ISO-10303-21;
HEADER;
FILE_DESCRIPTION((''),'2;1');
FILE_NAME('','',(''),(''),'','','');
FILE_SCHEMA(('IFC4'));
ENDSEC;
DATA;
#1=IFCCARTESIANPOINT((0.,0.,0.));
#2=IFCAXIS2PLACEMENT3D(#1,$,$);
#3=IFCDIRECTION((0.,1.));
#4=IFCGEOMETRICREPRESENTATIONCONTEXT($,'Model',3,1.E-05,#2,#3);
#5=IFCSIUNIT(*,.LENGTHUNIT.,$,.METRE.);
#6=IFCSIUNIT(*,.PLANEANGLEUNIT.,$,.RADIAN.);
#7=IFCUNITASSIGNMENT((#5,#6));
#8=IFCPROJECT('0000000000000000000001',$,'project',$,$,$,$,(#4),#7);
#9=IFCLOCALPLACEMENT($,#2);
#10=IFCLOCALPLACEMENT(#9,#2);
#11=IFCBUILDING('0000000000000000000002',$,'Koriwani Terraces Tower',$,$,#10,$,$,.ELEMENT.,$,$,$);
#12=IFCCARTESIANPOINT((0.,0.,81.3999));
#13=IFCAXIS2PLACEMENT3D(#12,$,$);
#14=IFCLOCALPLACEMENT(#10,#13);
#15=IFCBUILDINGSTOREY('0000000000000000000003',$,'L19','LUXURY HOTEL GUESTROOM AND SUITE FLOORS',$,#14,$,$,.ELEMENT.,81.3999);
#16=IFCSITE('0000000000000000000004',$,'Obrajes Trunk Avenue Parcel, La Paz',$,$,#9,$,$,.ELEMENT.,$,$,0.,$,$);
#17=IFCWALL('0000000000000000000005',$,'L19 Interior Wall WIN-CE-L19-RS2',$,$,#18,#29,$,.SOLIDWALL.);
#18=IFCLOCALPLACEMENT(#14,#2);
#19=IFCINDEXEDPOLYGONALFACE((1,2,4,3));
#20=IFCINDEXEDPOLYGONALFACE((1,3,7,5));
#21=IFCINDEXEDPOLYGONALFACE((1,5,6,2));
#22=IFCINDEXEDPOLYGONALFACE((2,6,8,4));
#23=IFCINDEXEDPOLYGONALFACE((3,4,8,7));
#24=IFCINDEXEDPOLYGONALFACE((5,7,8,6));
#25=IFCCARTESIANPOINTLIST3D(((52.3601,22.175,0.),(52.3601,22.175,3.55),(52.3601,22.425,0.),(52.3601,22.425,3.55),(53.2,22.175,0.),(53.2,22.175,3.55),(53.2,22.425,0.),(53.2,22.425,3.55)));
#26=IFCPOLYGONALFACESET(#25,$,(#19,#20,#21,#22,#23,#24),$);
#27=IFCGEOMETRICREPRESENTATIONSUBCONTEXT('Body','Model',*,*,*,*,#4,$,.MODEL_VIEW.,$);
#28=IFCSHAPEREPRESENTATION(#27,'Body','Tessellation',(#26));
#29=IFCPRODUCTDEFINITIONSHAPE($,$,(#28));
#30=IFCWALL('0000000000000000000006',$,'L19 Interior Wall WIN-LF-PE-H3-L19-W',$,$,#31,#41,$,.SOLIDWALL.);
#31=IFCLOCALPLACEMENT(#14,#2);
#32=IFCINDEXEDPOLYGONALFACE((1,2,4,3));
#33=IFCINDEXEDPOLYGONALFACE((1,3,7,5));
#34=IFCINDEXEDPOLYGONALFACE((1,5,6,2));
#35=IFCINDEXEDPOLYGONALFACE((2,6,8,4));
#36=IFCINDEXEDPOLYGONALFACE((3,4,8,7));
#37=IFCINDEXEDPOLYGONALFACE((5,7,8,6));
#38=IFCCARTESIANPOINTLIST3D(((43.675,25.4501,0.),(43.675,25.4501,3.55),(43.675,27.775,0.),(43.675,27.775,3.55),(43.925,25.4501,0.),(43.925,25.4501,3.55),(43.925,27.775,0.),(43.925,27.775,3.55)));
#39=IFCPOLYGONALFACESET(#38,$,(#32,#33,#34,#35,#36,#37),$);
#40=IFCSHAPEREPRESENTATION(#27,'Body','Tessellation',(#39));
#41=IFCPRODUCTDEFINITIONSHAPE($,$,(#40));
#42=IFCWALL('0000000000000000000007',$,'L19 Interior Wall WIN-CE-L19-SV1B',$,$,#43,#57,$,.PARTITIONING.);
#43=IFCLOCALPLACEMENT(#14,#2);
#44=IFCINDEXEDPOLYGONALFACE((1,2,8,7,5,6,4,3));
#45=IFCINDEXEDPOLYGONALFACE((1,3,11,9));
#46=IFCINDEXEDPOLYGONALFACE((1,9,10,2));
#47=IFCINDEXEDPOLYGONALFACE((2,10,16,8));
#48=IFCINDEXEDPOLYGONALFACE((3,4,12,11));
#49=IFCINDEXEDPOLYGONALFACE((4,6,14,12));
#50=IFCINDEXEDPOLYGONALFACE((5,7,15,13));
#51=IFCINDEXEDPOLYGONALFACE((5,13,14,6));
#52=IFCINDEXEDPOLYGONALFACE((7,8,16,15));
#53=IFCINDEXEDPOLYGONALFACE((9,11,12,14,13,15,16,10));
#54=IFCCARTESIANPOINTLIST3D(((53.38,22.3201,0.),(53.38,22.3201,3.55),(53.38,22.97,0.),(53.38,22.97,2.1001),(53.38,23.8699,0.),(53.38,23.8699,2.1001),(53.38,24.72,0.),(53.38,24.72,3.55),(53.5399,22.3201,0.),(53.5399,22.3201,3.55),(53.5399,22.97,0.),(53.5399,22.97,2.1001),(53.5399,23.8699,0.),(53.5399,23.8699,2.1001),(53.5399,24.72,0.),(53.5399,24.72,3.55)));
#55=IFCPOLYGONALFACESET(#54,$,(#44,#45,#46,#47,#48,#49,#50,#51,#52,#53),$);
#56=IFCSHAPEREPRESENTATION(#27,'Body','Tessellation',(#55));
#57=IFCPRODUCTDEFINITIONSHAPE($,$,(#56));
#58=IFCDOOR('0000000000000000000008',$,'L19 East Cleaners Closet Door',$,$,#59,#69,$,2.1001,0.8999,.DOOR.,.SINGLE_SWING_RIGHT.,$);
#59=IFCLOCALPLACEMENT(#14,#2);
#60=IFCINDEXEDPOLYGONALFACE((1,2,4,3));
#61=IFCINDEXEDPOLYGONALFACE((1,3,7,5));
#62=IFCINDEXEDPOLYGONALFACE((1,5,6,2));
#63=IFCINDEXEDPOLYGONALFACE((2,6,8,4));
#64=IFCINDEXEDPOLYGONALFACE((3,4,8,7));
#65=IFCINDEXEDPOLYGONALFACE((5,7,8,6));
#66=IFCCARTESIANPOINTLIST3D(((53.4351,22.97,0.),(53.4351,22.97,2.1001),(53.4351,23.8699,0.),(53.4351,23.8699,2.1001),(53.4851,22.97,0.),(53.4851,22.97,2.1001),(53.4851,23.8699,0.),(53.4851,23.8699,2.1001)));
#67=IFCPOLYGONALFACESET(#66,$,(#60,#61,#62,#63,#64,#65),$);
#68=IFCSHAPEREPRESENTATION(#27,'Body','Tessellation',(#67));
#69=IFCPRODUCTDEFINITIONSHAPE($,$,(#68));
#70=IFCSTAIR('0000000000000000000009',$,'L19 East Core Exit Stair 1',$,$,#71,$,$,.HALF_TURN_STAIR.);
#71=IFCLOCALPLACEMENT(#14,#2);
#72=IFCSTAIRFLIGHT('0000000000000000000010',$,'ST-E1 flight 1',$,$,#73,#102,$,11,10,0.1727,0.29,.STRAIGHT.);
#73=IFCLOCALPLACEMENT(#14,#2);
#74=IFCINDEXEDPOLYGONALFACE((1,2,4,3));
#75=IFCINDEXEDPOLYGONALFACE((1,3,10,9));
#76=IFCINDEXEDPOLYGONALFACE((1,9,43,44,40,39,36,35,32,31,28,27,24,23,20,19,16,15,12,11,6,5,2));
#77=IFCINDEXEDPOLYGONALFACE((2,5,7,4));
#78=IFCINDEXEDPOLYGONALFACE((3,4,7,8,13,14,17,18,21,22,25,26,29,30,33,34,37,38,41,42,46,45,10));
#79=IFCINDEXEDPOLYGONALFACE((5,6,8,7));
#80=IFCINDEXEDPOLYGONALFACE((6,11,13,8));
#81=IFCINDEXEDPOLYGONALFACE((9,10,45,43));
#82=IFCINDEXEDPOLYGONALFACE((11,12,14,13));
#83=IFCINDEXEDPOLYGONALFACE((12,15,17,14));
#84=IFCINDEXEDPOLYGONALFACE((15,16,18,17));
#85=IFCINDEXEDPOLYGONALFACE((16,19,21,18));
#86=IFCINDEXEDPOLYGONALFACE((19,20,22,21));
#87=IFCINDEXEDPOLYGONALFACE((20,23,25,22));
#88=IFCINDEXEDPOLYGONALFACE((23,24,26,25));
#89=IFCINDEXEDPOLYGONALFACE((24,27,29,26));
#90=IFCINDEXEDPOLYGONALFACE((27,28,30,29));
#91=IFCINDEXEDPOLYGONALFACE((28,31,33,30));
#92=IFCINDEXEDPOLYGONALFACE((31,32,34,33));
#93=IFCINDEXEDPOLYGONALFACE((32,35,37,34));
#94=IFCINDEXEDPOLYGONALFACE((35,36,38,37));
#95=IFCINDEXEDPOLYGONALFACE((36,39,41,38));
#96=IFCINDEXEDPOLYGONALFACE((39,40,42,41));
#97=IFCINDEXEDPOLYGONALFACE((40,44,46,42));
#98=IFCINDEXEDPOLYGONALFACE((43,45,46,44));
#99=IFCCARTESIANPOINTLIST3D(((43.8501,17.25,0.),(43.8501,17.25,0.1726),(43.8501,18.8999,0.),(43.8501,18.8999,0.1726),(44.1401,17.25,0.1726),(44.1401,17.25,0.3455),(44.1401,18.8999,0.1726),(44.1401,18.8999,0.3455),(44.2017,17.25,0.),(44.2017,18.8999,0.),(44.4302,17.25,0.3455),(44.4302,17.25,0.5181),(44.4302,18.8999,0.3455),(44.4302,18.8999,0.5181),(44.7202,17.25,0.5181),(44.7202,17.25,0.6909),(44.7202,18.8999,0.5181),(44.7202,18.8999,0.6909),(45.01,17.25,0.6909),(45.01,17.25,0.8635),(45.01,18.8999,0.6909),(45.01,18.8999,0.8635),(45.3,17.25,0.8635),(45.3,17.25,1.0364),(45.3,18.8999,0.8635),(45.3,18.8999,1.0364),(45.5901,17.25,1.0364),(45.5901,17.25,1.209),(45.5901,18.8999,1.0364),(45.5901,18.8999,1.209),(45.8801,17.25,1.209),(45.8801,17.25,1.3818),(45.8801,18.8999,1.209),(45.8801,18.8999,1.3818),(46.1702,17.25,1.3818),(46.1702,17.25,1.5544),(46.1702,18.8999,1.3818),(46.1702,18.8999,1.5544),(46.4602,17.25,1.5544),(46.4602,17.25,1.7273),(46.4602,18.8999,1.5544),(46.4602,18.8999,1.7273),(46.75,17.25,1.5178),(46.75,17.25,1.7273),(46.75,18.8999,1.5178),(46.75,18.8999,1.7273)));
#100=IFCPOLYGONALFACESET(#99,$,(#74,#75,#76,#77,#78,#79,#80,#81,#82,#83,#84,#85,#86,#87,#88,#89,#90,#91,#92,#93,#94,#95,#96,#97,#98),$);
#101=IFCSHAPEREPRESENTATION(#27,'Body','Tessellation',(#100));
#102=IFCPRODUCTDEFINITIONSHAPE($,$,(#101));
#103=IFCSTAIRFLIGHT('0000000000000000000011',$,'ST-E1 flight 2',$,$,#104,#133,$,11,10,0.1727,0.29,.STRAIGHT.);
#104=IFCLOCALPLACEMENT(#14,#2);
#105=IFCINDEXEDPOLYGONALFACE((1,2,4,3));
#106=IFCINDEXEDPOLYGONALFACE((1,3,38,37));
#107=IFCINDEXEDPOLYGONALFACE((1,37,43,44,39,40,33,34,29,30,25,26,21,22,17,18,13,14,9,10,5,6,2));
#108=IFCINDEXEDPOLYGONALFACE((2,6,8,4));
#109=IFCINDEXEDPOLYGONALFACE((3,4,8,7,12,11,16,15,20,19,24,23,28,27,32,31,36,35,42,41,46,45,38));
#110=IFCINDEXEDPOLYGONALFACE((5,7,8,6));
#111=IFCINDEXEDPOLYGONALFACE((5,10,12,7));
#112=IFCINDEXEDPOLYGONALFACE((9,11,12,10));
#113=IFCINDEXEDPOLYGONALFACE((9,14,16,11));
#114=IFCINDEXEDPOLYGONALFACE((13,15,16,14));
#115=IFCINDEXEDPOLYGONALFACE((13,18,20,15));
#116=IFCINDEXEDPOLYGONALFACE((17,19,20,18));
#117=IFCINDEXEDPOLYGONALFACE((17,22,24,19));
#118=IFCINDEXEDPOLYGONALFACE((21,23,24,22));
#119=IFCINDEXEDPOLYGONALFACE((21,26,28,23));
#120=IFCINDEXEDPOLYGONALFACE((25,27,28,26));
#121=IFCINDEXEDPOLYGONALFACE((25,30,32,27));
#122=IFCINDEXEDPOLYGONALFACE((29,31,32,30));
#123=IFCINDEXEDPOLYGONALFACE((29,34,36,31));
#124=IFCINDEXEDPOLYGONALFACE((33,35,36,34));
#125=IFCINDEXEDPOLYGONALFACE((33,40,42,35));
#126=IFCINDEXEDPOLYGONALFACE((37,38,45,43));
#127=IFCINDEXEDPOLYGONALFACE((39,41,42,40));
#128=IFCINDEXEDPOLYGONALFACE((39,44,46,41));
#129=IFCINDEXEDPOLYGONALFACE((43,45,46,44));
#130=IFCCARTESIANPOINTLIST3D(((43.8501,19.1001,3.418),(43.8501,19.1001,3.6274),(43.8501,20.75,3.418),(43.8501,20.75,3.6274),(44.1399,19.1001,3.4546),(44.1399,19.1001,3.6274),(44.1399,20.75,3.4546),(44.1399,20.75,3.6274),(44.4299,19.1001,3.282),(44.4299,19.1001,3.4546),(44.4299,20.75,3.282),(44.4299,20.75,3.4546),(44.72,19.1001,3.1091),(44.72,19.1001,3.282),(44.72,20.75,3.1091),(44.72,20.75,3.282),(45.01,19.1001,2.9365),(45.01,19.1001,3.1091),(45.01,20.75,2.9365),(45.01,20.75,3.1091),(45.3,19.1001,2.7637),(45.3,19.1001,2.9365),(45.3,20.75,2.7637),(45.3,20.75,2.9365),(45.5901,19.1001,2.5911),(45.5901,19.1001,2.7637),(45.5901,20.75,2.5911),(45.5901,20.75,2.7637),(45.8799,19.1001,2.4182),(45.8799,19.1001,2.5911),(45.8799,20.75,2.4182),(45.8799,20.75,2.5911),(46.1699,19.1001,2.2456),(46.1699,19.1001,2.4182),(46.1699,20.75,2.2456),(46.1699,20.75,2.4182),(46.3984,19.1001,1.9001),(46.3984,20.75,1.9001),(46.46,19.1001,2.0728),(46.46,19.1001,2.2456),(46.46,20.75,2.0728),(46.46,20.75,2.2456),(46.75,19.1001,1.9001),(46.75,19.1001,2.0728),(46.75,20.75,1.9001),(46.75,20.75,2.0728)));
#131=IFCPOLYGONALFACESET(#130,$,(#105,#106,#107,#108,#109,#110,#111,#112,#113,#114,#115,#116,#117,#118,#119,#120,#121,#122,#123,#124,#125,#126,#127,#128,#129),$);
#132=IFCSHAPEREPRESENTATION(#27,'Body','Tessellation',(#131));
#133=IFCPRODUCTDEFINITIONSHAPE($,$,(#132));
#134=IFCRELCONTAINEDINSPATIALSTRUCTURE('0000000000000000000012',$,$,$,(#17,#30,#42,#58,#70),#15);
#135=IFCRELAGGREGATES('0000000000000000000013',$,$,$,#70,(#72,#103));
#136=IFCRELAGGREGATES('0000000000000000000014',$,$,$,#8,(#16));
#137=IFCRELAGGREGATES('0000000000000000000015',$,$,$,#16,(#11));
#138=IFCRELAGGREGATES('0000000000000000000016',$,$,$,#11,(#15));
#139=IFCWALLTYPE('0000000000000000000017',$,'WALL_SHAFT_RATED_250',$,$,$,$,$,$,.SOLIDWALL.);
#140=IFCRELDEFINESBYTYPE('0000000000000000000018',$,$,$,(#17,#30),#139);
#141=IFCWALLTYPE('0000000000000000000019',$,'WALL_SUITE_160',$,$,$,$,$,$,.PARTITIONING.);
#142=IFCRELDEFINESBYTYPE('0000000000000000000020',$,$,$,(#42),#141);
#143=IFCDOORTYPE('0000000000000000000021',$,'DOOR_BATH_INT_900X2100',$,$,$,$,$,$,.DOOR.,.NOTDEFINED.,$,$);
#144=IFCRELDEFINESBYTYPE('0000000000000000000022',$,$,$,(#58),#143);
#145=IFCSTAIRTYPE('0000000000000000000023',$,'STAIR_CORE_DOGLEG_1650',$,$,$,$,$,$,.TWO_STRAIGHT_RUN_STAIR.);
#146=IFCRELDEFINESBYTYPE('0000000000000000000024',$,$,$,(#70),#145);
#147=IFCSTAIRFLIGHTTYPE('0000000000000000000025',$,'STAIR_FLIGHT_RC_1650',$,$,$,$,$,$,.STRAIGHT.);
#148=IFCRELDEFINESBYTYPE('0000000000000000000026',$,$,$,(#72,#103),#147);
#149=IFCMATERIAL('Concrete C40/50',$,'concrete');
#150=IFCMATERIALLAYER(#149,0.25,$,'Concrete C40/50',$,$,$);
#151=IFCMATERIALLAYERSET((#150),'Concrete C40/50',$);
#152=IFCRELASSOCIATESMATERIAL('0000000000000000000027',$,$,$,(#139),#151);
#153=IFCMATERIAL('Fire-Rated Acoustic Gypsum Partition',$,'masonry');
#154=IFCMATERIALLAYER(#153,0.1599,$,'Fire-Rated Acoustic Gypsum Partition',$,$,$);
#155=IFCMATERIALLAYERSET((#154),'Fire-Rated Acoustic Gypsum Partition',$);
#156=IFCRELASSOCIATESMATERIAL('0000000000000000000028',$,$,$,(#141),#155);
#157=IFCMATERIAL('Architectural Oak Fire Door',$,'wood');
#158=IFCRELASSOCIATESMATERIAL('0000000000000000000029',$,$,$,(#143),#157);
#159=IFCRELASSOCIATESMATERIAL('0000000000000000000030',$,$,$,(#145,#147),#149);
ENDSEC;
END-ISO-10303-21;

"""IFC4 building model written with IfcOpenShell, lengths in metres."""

from ifc_helpers import new_model, si_unit, direction, frame, frame_2d, origin, place, context, subcontext, project, spatial, polyline, rectangle, outline, extrude, material, layer, layer_set, type_object, element, fill, aggregate, save


model = new_model("IFC4")

# Units and contexts
model_context = context("Model", 3, precision=1e-05, world=origin(), true_north=direction((0.0, 1.0)))
body_context = subcontext(model_context, "Body", "Model", "MODEL_VIEW")
ifc_project = project(units=[si_unit("LENGTHUNIT", "METRE"), si_unit("PLANEANGLEUNIT", "RADIAN")], contexts=[model_context])

# Site, building, storey
site_placement = place(None, origin())
site = spatial("IfcSite", under=ifc_project, at=site_placement, Name="Obrajes Trunk Avenue Parcel, La Paz", CompositionType="ELEMENT", RefElevation=0.0)
building_placement = place(site_placement, origin())
building = spatial("IfcBuilding", under=site, at=building_placement, Name="Koriwani Terraces Tower", CompositionType="ELEMENT")
storey_placement = place(building_placement, frame((0.0, 0.0, 81.3999)))
storey = spatial("IfcBuildingStorey", under=building, at=storey_placement, Name="L19", Description="LUXURY HOTEL GUESTROOM AND SUITE FLOORS", CompositionType="ELEMENT", Elevation=81.3999)

# Shared definitions
ifc_material_1 = material(Name="Concrete C40/50", Category="concrete")
ifc_layer_1 = layer(ifc_material_1, 0.25, Name="Concrete C40/50")
ifc_layer_set_1 = layer_set([ifc_layer_1], Name="Concrete C40/50")
wall_type_1 = type_object("IfcWallType", Name="WALL_SHAFT_RATED_250", PredefinedType="SOLIDWALL", material=ifc_layer_set_1)

# Walls
wall_1_placement = place(storey_placement, frame((52.3601, 22.3, 0.0), z_axis=(0.0, 0.0, 1.0), x_axis=(1.0, 0.0, 0.0)))
element("IfcWall", 1, at=wall_1_placement, inside=storey, type_object=wall_type_1, Name="L19 Interior Wall WIN-CE-L19-RS2", PredefinedType="SOLIDWALL", context=body_context, shape_type="SweptSolid", body=[
    extrude(rectangle(XDim=0.8398, YDim=0.25, at=frame_2d((0.4199, 0.0))), origin(), (0.0, 0.0, 1.0), 3.55),
])
wall_2_placement = place(storey_placement, frame((43.8, 25.45, 0.0), z_axis=(0.0, 0.0, 1.0), x_axis=(0.0, 1.0, 0.0)))
element("IfcWall", 2, at=wall_2_placement, inside=storey, type_object=wall_type_1, Name="L19 Interior Wall WIN-LF-PE-H3-L19-W", PredefinedType="SOLIDWALL", context=body_context, shape_type="SweptSolid", body=[
    extrude(rectangle(XDim=2.325, YDim=0.25, at=frame_2d((1.1626, 0.0))), origin(), (0.0, 0.0, 1.0), 3.55),
])

# Wall, opening, door
ifc_material_2 = material(Name="Fire-Rated Acoustic Gypsum Partition", Category="masonry")
ifc_layer_2 = layer(ifc_material_2, 0.1599, Name="Fire-Rated Acoustic Gypsum Partition")
ifc_layer_set_2 = layer_set([ifc_layer_2], Name="Fire-Rated Acoustic Gypsum Partition")
wall_type_2 = type_object("IfcWallType", Name="WALL_SUITE_160", PredefinedType="PARTITIONING", material=ifc_layer_set_2)
wall_3_placement = place(storey_placement, frame((53.46, 22.3201, 0.0), z_axis=(0.0, 0.0, 1.0), x_axis=(0.0, 1.0, 0.0)))
wall_3 = element("IfcWall", 3, at=wall_3_placement, inside=storey, type_object=wall_type_2, Name="L19 Interior Wall WIN-CE-L19-SV1B", PredefinedType="PARTITIONING", context=body_context, shape_type="SweptSolid", body=[
    extrude(rectangle(XDim=2.3999, YDim=0.1599, at=frame_2d((1.2, 0.0))), origin(), (0.0, 0.0, 1.0), 3.55),
])
opening_1_placement = place(wall_3_placement, frame((0.6499, 0.0, 0.0)))
opening_1 = element("IfcOpeningElement", 4, at=opening_1_placement, cuts=wall_3, PredefinedType="OPENING", context=body_context, shape_type="SweptSolid", body=[
    extrude(rectangle(XDim=0.8999, YDim=2.1001, at=frame_2d((0.45, 1.05))), frame((0.0, 0.0898, 0.0), z_axis=(0.0, -1.0, 0.0), x_axis=(1.0, 0.0, 0.0)), (0.0, 0.0, 1.0), 0.1799),
])
ifc_material_3 = material(Name="Architectural Oak Fire Door", Category="wood")
door_type_1 = type_object("IfcDoorType", Name="DOOR_BATH_INT_900X2100", OperationType="NOTDEFINED", PredefinedType="DOOR", material=ifc_material_3)
door_1_placement = place(opening_1_placement, origin())
door_1 = element("IfcDoor", 5, at=door_1_placement, inside=storey, type_object=door_type_1, Name="L19 East Cleaners Closet Door", OperationType="SINGLE_SWING_RIGHT", OverallHeight=2.1001, OverallWidth=0.8999, PredefinedType="DOOR", context=body_context, shape_type="SweptSolid", body=[
    extrude(rectangle(XDim=0.8999, YDim=2.1001, at=frame_2d((0.45, 1.05))), frame((0.0, 0.0249, 0.0), z_axis=(0.0, -1.0, 0.0), x_axis=(1.0, 0.0, 0.0)), (0.0, 0.0, 1.0), 0.05),
])
fill(opening_1, door_1)

# Stair, stair flights
stair_type = type_object("IfcStairType", Name="STAIR_CORE_DOGLEG_1650", PredefinedType="TWO_STRAIGHT_RUN_STAIR", material=ifc_material_1)
stair_placement = place(storey_placement, origin())
stair = element("IfcStair", 6, at=stair_placement, inside=storey, type_object=stair_type, Name="L19 East Core Exit Stair 1", PredefinedType="HALF_TURN_STAIR")
stair_flight_type = type_object("IfcStairFlightType", Name="STAIR_FLIGHT_RC_1650", PredefinedType="STRAIGHT", material=ifc_material_1)
stair_flight_1_placement = place(storey_placement, frame((43.8501, 18.075, 0.0), z_axis=(0.0, 0.0, 1.0), x_axis=(1.0, 0.0, 0.0)))
stair_flight_1 = element("IfcStairFlight", 7, at=stair_flight_1_placement, type_object=stair_flight_type, Name="ST-E1 flight 1", NumberOfRisers=11, NumberOfTreads=10, PredefinedType="STRAIGHT", RiserHeight=0.1727, TreadLength=0.29, context=body_context, shape_type="SweptSolid", body=[
    extrude(outline(polyline([(0.0, 0.0), (0.0, 0.1726), (0.29, 0.1726), (0.29, 0.3455), (0.5801, 0.3455), (0.5801, 0.5181), (0.8701, 0.5181), (0.8701, 0.6909), (1.1599, 0.6909), (1.1599, 0.8635), (1.45, 0.8635), (1.45, 1.0364), (1.74, 1.0364), (1.74, 1.209), (2.03, 1.209), (2.03, 1.3818), (2.3201, 1.3818), (2.3201, 1.5544), (2.6101, 1.5544), (2.6101, 1.7273), (2.8999, 1.7273), (2.8999, 1.8999), (2.8999, 1.5178), (0.3516, 0.0), (0.0, 0.0)])), frame((0.0, 0.825, 0.0), z_axis=(0.0, -1.0, 0.0), x_axis=(1.0, 0.0, 0.0)), (0.0, 0.0, 1.0), 1.6499),
])
stair_flight_2_placement = place(storey_placement, frame((46.75, 19.925, 1.9001), z_axis=(0.0, 0.0, 1.0), x_axis=(-1.0, 0.0, 0.0)))
stair_flight_2 = element("IfcStairFlight", 8, at=stair_flight_2_placement, type_object=stair_flight_type, Name="ST-E1 flight 2", NumberOfRisers=11, NumberOfTreads=10, PredefinedType="STRAIGHT", RiserHeight=0.1727, TreadLength=0.29, context=body_context, shape_type="SweptSolid", body=[
    extrude(outline(polyline([(0.0, 0.0), (0.0, 0.1726), (0.29, 0.1726), (0.29, 0.3455), (0.5801, 0.3455), (0.5801, 0.5181), (0.8701, 0.5181), (0.8701, 0.6909), (1.1599, 0.6909), (1.1599, 0.8635), (1.45, 0.8635), (1.45, 1.0364), (1.74, 1.0364), (1.74, 1.209), (2.03, 1.209), (2.03, 1.3818), (2.3201, 1.3818), (2.3201, 1.5544), (2.6101, 1.5544), (2.6101, 1.7273), (2.8999, 1.7273), (2.8999, 1.8999), (2.8999, 1.5178), (0.3516, 0.0), (0.0, 0.0)])), frame((0.0, 0.825, 0.0), z_axis=(0.0, -1.0, 0.0), x_axis=(1.0, 0.0, 0.0)), (0.0, 0.0, 1.0), 1.6499),
])
aggregate(stair, [stair_flight_1, stair_flight_2])

save(model, "model.ifc")
